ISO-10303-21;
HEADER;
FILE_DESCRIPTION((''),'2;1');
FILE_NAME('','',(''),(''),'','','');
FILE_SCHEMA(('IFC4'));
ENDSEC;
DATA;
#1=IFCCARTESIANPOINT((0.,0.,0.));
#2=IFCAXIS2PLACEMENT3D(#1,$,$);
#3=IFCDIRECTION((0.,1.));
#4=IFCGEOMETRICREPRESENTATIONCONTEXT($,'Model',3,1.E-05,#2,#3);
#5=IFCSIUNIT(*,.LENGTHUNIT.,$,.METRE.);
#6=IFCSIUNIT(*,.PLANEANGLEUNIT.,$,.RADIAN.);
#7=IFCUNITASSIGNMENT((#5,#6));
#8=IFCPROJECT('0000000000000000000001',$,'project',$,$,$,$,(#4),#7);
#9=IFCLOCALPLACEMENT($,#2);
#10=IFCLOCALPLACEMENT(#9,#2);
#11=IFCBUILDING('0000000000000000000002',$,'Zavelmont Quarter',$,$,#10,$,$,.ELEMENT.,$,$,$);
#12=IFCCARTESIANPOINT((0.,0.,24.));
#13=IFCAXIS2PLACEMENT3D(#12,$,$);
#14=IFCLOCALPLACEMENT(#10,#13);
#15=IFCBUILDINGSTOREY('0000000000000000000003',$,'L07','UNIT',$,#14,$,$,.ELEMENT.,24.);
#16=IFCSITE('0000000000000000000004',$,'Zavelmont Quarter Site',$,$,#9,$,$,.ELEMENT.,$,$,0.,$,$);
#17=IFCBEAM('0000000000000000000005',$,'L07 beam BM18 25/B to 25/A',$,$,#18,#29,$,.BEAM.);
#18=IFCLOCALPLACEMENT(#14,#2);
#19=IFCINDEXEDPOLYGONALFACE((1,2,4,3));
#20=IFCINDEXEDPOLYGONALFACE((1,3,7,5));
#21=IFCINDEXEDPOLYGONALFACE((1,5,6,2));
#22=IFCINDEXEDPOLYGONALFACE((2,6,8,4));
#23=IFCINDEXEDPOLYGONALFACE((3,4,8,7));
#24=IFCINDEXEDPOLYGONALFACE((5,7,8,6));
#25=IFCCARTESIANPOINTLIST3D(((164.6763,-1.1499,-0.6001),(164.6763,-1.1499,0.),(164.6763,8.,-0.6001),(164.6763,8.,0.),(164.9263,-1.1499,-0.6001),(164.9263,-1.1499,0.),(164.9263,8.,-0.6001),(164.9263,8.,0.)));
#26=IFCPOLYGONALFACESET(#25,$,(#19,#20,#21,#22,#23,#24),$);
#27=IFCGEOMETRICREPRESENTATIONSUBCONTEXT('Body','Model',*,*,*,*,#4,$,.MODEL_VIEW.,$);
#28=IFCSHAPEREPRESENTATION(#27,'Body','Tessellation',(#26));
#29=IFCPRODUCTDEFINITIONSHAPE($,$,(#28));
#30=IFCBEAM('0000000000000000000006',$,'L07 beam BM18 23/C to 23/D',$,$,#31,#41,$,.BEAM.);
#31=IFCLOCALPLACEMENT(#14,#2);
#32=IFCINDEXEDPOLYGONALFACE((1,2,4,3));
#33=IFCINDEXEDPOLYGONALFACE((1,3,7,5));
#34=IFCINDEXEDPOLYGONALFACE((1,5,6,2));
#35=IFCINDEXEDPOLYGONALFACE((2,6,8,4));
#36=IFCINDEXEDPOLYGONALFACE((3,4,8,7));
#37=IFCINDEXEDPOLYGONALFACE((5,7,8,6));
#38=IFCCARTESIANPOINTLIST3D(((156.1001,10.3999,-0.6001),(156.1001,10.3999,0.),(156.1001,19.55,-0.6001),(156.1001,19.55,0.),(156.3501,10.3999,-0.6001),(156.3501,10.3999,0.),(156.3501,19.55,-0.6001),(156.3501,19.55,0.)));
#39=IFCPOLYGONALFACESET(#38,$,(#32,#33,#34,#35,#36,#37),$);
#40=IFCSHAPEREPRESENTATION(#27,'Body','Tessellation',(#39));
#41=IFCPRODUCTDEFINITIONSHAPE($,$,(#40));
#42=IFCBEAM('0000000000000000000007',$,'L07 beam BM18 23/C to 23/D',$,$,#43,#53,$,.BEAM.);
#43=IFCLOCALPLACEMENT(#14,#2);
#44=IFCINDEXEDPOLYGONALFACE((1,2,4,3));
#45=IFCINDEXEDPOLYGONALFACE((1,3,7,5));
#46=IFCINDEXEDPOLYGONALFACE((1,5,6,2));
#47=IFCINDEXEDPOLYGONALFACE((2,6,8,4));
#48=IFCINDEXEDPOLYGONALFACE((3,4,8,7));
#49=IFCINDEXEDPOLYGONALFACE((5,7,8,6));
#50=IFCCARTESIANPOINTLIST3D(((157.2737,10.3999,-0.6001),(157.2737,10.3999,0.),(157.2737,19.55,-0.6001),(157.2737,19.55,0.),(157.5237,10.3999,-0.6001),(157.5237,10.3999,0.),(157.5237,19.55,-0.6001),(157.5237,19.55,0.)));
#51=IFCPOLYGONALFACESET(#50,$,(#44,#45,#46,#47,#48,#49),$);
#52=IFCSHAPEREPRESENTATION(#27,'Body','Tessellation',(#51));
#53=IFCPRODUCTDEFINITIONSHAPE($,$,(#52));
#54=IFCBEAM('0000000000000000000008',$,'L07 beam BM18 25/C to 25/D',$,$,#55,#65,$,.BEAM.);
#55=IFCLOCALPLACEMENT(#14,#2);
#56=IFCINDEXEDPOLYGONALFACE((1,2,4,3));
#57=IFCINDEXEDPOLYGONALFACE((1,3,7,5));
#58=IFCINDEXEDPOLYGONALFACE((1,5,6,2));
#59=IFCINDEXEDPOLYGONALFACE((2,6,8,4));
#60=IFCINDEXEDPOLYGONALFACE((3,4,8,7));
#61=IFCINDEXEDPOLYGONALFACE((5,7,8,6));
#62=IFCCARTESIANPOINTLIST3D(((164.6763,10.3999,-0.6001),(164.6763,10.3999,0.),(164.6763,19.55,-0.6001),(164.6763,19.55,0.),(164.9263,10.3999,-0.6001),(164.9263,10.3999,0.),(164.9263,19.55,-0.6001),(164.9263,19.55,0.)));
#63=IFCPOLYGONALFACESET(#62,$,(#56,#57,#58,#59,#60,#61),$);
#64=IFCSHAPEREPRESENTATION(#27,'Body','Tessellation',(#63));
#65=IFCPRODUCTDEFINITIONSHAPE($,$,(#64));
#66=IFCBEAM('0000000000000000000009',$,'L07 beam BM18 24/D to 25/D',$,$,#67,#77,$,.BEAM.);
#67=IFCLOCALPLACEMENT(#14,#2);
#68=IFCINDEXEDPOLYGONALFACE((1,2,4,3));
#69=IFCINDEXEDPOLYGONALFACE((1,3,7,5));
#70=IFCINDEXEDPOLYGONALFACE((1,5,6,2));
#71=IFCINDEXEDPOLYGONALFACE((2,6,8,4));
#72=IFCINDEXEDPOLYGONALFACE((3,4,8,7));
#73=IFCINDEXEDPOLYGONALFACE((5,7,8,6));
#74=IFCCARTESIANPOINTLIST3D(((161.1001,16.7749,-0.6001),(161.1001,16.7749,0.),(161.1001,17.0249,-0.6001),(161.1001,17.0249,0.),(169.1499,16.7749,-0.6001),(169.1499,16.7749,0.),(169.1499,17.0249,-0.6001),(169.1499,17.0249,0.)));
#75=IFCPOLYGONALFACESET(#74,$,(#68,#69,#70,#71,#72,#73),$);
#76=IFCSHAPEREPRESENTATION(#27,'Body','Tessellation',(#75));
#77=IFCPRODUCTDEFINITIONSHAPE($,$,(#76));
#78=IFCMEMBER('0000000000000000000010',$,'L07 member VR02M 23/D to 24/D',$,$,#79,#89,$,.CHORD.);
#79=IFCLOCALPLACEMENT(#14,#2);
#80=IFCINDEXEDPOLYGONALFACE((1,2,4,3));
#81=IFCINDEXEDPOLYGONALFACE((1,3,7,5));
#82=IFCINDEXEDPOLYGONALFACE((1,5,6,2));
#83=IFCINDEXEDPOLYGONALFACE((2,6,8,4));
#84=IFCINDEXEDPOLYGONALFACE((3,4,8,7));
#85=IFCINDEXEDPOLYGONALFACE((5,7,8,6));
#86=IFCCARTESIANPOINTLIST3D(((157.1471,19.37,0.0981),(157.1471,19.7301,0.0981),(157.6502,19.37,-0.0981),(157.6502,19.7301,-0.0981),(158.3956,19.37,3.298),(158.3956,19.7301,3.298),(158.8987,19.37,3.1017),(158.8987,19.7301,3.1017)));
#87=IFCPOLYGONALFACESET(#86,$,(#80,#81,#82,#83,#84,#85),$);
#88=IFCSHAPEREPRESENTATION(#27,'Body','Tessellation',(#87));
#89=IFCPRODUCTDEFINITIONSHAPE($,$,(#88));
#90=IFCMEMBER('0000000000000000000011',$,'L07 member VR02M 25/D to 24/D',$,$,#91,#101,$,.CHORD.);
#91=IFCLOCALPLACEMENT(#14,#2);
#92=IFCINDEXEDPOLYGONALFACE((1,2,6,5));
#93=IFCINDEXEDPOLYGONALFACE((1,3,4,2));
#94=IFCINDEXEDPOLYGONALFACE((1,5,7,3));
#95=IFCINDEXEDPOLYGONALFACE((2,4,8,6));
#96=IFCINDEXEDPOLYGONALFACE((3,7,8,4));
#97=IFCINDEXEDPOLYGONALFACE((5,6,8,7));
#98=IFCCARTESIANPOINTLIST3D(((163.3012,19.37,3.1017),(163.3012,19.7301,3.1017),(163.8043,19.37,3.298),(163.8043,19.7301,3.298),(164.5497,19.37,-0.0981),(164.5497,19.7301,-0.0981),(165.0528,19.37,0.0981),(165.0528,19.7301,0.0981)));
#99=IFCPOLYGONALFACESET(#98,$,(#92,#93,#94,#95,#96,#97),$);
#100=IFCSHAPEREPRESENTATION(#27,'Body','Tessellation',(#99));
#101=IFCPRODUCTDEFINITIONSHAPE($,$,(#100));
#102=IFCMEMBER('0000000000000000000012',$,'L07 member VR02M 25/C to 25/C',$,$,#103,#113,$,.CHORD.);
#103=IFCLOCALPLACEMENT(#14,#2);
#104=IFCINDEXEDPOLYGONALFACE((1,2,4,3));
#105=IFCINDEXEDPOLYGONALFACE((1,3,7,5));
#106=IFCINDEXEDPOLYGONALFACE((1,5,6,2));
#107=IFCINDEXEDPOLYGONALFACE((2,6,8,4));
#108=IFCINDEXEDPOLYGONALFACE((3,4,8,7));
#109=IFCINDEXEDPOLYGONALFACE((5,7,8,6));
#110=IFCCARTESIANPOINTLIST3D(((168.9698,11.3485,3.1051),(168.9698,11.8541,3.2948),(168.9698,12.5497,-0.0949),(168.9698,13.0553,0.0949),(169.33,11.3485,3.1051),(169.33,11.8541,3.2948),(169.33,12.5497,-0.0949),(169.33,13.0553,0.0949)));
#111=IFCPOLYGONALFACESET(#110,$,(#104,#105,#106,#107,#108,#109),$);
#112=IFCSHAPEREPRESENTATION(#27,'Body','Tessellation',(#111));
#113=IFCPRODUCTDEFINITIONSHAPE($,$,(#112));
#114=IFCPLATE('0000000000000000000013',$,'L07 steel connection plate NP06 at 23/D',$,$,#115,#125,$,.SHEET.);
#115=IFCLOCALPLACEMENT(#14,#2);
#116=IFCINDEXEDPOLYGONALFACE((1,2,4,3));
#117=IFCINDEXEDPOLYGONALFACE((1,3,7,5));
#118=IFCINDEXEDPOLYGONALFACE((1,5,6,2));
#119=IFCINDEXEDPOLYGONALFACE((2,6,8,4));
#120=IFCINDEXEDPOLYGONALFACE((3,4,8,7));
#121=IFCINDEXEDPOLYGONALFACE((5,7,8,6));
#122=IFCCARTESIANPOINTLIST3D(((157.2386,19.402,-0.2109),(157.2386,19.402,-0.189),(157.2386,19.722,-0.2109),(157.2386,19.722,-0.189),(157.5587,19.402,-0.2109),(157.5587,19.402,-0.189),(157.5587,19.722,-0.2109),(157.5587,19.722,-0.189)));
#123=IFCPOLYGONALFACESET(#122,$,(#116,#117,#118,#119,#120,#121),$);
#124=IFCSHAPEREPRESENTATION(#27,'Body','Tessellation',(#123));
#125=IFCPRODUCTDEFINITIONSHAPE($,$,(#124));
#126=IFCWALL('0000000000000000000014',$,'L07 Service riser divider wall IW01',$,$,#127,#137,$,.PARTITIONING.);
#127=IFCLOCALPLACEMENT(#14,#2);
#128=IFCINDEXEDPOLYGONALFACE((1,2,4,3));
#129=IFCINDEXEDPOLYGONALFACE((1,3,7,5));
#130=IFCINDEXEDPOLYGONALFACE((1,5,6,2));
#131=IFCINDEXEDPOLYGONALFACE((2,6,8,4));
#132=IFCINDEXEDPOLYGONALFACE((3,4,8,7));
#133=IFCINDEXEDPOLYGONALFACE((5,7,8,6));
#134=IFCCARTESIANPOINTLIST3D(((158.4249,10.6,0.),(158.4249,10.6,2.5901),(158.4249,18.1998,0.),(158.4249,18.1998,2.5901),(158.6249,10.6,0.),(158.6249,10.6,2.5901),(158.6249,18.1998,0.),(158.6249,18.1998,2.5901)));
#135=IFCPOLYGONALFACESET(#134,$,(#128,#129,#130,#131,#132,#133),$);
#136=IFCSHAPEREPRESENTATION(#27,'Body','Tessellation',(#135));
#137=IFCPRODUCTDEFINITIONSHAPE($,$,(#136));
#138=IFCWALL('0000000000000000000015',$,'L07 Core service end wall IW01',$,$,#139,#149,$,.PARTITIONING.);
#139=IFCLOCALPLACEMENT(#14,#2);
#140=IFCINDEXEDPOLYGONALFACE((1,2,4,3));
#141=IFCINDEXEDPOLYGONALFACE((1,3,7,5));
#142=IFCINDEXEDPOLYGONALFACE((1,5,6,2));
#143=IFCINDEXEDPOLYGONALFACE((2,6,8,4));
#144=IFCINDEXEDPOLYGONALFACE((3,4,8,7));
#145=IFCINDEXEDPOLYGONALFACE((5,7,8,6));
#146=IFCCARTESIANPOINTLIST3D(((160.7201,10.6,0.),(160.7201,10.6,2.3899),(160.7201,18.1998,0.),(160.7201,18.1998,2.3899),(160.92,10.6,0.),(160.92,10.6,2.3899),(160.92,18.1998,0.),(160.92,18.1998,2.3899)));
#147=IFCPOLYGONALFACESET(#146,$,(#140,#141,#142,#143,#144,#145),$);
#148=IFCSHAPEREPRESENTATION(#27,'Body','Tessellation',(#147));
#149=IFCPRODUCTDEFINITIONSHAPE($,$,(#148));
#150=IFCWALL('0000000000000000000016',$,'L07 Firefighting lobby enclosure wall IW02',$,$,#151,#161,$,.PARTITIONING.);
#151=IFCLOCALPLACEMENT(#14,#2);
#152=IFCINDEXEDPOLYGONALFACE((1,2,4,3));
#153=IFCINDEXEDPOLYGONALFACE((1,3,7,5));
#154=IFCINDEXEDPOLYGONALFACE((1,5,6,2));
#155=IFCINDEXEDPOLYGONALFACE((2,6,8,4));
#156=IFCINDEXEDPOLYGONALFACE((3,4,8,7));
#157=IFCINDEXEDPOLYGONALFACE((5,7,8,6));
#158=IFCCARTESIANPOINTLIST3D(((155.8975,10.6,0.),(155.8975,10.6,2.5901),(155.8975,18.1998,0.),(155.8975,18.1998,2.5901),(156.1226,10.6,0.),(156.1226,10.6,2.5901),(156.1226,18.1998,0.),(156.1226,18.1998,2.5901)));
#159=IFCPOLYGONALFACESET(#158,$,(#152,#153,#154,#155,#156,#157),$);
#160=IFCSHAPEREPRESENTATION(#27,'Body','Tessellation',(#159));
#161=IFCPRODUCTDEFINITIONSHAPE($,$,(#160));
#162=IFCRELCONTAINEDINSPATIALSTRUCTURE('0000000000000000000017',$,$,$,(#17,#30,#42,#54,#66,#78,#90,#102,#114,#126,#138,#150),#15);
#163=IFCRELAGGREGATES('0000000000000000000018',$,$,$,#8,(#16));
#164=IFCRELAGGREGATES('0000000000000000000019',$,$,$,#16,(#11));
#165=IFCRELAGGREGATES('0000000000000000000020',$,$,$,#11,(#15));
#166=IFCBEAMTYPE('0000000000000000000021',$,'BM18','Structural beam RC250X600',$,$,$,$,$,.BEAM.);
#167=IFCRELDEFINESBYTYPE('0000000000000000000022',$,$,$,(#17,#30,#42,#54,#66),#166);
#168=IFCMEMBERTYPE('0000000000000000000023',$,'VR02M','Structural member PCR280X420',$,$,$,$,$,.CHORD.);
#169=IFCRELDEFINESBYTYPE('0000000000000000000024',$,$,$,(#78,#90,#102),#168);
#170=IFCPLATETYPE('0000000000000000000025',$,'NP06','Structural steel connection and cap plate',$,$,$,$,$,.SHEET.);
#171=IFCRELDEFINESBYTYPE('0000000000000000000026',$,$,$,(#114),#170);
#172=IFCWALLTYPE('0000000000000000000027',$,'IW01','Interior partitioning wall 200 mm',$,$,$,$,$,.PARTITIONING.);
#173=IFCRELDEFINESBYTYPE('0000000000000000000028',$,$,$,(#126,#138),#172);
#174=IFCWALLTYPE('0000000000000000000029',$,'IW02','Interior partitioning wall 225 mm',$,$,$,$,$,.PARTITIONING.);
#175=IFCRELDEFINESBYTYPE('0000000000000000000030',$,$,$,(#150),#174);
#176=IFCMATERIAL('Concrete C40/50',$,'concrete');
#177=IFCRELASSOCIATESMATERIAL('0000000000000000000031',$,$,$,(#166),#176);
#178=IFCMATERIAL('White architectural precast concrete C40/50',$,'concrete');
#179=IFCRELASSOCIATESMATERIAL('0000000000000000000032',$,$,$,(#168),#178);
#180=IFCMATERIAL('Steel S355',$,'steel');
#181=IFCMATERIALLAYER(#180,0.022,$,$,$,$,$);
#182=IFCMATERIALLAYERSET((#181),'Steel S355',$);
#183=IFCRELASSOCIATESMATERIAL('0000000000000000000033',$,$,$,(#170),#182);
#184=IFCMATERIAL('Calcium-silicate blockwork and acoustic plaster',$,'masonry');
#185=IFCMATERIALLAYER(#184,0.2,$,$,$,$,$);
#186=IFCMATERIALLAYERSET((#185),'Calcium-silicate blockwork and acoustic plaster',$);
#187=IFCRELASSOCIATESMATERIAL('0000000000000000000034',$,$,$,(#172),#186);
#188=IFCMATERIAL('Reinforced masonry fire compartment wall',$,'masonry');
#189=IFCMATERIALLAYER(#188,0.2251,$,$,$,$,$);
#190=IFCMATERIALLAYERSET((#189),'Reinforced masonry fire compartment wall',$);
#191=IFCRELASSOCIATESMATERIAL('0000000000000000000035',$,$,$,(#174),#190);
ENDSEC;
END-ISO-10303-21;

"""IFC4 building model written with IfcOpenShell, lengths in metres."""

from ifc_helpers import new_model, si_unit, direction, frame, frame_2d, origin, origin_2d, place, context, subcontext, project, spatial, rectangle, extrude, material, layer, layer_set, material_profile, profile_set, type_object, element, save


model = new_model("IFC4")

# Units and contexts
model_context = context("Model", 3, precision=1e-05, world=origin(), true_north=direction((0.0, 1.0)))
body_context = subcontext(model_context, "Body", "Model", "MODEL_VIEW")
ifc_project = project(units=[si_unit("LENGTHUNIT", "METRE"), si_unit("PLANEANGLEUNIT", "RADIAN")], contexts=[model_context])

# Site, building, storey
site_placement = place(None, origin())
site = spatial("IfcSite", under=ifc_project, at=site_placement, Name="Zavelmont Quarter Site", CompositionType="ELEMENT", RefElevation=0.0)
building_placement = place(site_placement, origin())
building = spatial("IfcBuilding", under=site, at=building_placement, Name="Zavelmont Quarter", CompositionType="ELEMENT")
storey_placement = place(building_placement, frame((0.0, 0.0, 24.0)))
storey = spatial("IfcBuildingStorey", under=building, at=storey_placement, Name="L07", Description="UNIT", CompositionType="ELEMENT", Elevation=24.0)

# Beams
ifc_material_1 = material(Name="Steel S355", Category="steel")
ifc_material_2 = material(Name="Concrete C40/50", Category="concrete")
ifc_material_profile_1 = material_profile(ifc_material_2, rectangle(XDim=0.25, YDim=0.6001, at=origin_2d()), Name="RC250X600")
ifc_profile_set_1 = profile_set([ifc_material_profile_1], Name="Concrete C40/50")
beam_type_1 = type_object("IfcBeamType", Name="BM18", Description="Structural beam RC250X600", PredefinedType="BEAM", material=ifc_profile_set_1)
beam_1_placement = place(storey_placement, frame((164.8013, 8.0, -0.3), z_axis=(0.0, -1.0, 0.0), x_axis=(1.0, 0.0, 0.0)))
element("IfcBeam", 1, at=beam_1_placement, inside=storey, type_object=beam_type_1, Name="L07 beam BM18 25/B to 25/A", PredefinedType="BEAM", context=body_context, shape_type="SweptSolid", body=[
    extrude(rectangle(XDim=0.25, YDim=0.6001, at=origin_2d()), origin(), (0.0, 0.0, 1.0), 9.1499),
])
for number, where, z_axis, x_axis, name in (
    (2, (156.2251, 10.3999, -0.3), (0.0, 1.0, 0.0), (-1.0, 0.0, 0.0), "L07 beam BM18 23/C to 23/D"),
    (3, (157.3987, 10.3999, -0.3), (0.0, 1.0, 0.0), (-1.0, 0.0, 0.0), "L07 beam BM18 23/C to 23/D"),
    (4, (164.8013, 10.3999, -0.3), (0.0, 1.0, 0.0), (-1.0, 0.0, 0.0), "L07 beam BM18 25/C to 25/D"),
):
    element("IfcBeam", number, at=place(storey_placement, frame(where, z_axis=z_axis, x_axis=x_axis)), inside=storey, type_object=beam_type_1, Name=name, PredefinedType="BEAM", context=body_context, shape_type="SweptSolid", body=[
        extrude(rectangle(XDim=0.25, YDim=0.6001, at=origin_2d()), origin(), (0.0, 0.0, 1.0), 9.1501),
    ])
beam_2_placement = place(storey_placement, frame((161.1001, 16.8999, -0.3), z_axis=(1.0, 0.0, 0.0), x_axis=(0.0, 1.0, 0.0)))
element("IfcBeam", 5, at=beam_2_placement, inside=storey, type_object=beam_type_1, Name="L07 beam BM18 24/D to 25/D", PredefinedType="BEAM", context=body_context, shape_type="SweptSolid", body=[
    extrude(rectangle(XDim=0.25, YDim=0.6001, at=origin_2d()), origin(), (0.0, 0.0, 1.0), 8.0498),
])

# Members
ifc_material_3 = material(Name="White architectural precast concrete C40/50", Category="concrete")
ifc_material_profile_2 = material_profile(ifc_material_3, rectangle(XDim=0.3601, YDim=0.54, at=origin_2d()), Name="PCR280X420")
ifc_profile_set_2 = profile_set([ifc_material_profile_2], Name="White architectural precast concrete C40/50")
member_type = type_object("IfcMemberType", Name="VR02M", Description="Structural member PCR280X420", PredefinedType="CHORD", material=ifc_profile_set_2)
for number, where, z_axis, x_axis, name in (
    (6, (157.3987, 19.55, 0.0), (0.363485, 0.0, 0.9316), (0.0, 1.0, 0.0), "L07 member VR02M 23/D to 24/D"),
    (7, (164.8013, 19.55, 0.0), (-0.363485, 0.0, 0.9316), (0.0, -1.0, 0.0), "L07 member VR02M 25/D to 24/D"),
):
    element("IfcMember", number, at=place(storey_placement, frame(where, z_axis=z_axis, x_axis=x_axis)), inside=storey, type_object=member_type, Name=name, PredefinedType="CHORD", context=body_context, shape_type="SweptSolid", body=[
        extrude(rectangle(XDim=0.3601, YDim=0.54, at=origin_2d()), origin(), (0.0, 0.0, 1.0), 3.4348),
    ])
member_placement = place(storey_placement, frame((169.1499, 12.8025, 0.0), z_axis=(0.0, -0.351429, 0.936215), x_axis=(1.0, 0.0, 0.0)))
element("IfcMember", 8, at=member_placement, inside=storey, type_object=member_type, Name="L07 member VR02M 25/C to 25/C", PredefinedType="CHORD", context=body_context, shape_type="SweptSolid", body=[
    extrude(rectangle(XDim=0.3601, YDim=0.54, at=origin_2d()), origin(), (0.0, 0.0, 1.0), 3.418),
])

# Plate
ifc_layer_1 = layer(ifc_material_1, 0.022)
ifc_layer_set_1 = layer_set([ifc_layer_1], Name="Steel S355")
plate_type = type_object("IfcPlateType", Name="NP06", Description="Structural steel connection and cap plate", PredefinedType="SHEET", material=ifc_layer_set_1)
plate_placement = place(storey_placement, frame((157.3987, 19.562, -0.2109), z_axis=(0.0, 0.0, 1.0), x_axis=(1.0, 0.0, 0.0)))
element("IfcPlate", 9, at=plate_placement, inside=storey, type_object=plate_type, Name="L07 steel connection plate NP06 at 23/D", PredefinedType="SHEET", context=body_context, shape_type="SweptSolid", body=[
    extrude(rectangle(XDim=0.3201, YDim=0.3201, at=origin_2d()), origin(), (0.0, 0.0, 1.0), 0.022),
])

# Walls
ifc_material_4 = material(Name="Calcium-silicate blockwork and acoustic plaster", Category="masonry")
ifc_layer_2 = layer(ifc_material_4, 0.2)
ifc_layer_set_2 = layer_set([ifc_layer_2], Name="Calcium-silicate blockwork and acoustic plaster")
wall_type_1 = type_object("IfcWallType", Name="IW01", Description="Interior partitioning wall 200 mm", PredefinedType="PARTITIONING", material=ifc_layer_set_2)
wall_1_placement = place(storey_placement, frame((158.5249, 10.6001, 0.0), z_axis=(0.0, 0.0, 1.0), x_axis=(0.0, 1.0, 0.0)))
element("IfcWall", 10, at=wall_1_placement, inside=storey, type_object=wall_type_1, Name="L07 Service riser divider wall IW01", PredefinedType="PARTITIONING", context=body_context, shape_type="SweptSolid", body=[
    extrude(rectangle(XDim=7.5999, YDim=0.2, at=frame_2d((3.7998, 0.0))), origin(), (0.0, 0.0, 1.0), 2.5901),
])
wall_2_placement = place(storey_placement, frame((160.8201, 10.6001, 0.0), z_axis=(0.0, 0.0, 1.0), x_axis=(0.0, 1.0, 0.0)))
element("IfcWall", 11, at=wall_2_placement, inside=storey, type_object=wall_type_1, Name="L07 Core service end wall IW01", PredefinedType="PARTITIONING", context=body_context, shape_type="SweptSolid", body=[
    extrude(rectangle(XDim=7.5999, YDim=0.2, at=frame_2d((3.7998, 0.0))), origin(), (0.0, 0.0, 1.0), 2.3899),
])

# Wall
ifc_material_5 = material(Name="Reinforced masonry fire compartment wall", Category="masonry")
ifc_layer_3 = layer(ifc_material_5, 0.2251)
ifc_layer_set_3 = layer_set([ifc_layer_3], Name="Reinforced masonry fire compartment wall")
wall_type_2 = type_object("IfcWallType", Name="IW02", Description="Interior partitioning wall 225 mm", PredefinedType="PARTITIONING", material=ifc_layer_set_3)
wall_3_placement = place(storey_placement, frame((156.01, 10.6001, 0.0), z_axis=(0.0, 0.0, 1.0), x_axis=(0.0, 1.0, 0.0)))
element("IfcWall", 12, at=wall_3_placement, inside=storey, type_object=wall_type_2, Name="L07 Firefighting lobby enclosure wall IW02", PredefinedType="PARTITIONING", context=body_context, shape_type="SweptSolid", body=[
    extrude(rectangle(XDim=7.5999, YDim=0.2251, at=frame_2d((3.7998, 0.0))), origin(), (0.0, 0.0, 1.0), 2.5901),
])

save(model, "model.ifc")
